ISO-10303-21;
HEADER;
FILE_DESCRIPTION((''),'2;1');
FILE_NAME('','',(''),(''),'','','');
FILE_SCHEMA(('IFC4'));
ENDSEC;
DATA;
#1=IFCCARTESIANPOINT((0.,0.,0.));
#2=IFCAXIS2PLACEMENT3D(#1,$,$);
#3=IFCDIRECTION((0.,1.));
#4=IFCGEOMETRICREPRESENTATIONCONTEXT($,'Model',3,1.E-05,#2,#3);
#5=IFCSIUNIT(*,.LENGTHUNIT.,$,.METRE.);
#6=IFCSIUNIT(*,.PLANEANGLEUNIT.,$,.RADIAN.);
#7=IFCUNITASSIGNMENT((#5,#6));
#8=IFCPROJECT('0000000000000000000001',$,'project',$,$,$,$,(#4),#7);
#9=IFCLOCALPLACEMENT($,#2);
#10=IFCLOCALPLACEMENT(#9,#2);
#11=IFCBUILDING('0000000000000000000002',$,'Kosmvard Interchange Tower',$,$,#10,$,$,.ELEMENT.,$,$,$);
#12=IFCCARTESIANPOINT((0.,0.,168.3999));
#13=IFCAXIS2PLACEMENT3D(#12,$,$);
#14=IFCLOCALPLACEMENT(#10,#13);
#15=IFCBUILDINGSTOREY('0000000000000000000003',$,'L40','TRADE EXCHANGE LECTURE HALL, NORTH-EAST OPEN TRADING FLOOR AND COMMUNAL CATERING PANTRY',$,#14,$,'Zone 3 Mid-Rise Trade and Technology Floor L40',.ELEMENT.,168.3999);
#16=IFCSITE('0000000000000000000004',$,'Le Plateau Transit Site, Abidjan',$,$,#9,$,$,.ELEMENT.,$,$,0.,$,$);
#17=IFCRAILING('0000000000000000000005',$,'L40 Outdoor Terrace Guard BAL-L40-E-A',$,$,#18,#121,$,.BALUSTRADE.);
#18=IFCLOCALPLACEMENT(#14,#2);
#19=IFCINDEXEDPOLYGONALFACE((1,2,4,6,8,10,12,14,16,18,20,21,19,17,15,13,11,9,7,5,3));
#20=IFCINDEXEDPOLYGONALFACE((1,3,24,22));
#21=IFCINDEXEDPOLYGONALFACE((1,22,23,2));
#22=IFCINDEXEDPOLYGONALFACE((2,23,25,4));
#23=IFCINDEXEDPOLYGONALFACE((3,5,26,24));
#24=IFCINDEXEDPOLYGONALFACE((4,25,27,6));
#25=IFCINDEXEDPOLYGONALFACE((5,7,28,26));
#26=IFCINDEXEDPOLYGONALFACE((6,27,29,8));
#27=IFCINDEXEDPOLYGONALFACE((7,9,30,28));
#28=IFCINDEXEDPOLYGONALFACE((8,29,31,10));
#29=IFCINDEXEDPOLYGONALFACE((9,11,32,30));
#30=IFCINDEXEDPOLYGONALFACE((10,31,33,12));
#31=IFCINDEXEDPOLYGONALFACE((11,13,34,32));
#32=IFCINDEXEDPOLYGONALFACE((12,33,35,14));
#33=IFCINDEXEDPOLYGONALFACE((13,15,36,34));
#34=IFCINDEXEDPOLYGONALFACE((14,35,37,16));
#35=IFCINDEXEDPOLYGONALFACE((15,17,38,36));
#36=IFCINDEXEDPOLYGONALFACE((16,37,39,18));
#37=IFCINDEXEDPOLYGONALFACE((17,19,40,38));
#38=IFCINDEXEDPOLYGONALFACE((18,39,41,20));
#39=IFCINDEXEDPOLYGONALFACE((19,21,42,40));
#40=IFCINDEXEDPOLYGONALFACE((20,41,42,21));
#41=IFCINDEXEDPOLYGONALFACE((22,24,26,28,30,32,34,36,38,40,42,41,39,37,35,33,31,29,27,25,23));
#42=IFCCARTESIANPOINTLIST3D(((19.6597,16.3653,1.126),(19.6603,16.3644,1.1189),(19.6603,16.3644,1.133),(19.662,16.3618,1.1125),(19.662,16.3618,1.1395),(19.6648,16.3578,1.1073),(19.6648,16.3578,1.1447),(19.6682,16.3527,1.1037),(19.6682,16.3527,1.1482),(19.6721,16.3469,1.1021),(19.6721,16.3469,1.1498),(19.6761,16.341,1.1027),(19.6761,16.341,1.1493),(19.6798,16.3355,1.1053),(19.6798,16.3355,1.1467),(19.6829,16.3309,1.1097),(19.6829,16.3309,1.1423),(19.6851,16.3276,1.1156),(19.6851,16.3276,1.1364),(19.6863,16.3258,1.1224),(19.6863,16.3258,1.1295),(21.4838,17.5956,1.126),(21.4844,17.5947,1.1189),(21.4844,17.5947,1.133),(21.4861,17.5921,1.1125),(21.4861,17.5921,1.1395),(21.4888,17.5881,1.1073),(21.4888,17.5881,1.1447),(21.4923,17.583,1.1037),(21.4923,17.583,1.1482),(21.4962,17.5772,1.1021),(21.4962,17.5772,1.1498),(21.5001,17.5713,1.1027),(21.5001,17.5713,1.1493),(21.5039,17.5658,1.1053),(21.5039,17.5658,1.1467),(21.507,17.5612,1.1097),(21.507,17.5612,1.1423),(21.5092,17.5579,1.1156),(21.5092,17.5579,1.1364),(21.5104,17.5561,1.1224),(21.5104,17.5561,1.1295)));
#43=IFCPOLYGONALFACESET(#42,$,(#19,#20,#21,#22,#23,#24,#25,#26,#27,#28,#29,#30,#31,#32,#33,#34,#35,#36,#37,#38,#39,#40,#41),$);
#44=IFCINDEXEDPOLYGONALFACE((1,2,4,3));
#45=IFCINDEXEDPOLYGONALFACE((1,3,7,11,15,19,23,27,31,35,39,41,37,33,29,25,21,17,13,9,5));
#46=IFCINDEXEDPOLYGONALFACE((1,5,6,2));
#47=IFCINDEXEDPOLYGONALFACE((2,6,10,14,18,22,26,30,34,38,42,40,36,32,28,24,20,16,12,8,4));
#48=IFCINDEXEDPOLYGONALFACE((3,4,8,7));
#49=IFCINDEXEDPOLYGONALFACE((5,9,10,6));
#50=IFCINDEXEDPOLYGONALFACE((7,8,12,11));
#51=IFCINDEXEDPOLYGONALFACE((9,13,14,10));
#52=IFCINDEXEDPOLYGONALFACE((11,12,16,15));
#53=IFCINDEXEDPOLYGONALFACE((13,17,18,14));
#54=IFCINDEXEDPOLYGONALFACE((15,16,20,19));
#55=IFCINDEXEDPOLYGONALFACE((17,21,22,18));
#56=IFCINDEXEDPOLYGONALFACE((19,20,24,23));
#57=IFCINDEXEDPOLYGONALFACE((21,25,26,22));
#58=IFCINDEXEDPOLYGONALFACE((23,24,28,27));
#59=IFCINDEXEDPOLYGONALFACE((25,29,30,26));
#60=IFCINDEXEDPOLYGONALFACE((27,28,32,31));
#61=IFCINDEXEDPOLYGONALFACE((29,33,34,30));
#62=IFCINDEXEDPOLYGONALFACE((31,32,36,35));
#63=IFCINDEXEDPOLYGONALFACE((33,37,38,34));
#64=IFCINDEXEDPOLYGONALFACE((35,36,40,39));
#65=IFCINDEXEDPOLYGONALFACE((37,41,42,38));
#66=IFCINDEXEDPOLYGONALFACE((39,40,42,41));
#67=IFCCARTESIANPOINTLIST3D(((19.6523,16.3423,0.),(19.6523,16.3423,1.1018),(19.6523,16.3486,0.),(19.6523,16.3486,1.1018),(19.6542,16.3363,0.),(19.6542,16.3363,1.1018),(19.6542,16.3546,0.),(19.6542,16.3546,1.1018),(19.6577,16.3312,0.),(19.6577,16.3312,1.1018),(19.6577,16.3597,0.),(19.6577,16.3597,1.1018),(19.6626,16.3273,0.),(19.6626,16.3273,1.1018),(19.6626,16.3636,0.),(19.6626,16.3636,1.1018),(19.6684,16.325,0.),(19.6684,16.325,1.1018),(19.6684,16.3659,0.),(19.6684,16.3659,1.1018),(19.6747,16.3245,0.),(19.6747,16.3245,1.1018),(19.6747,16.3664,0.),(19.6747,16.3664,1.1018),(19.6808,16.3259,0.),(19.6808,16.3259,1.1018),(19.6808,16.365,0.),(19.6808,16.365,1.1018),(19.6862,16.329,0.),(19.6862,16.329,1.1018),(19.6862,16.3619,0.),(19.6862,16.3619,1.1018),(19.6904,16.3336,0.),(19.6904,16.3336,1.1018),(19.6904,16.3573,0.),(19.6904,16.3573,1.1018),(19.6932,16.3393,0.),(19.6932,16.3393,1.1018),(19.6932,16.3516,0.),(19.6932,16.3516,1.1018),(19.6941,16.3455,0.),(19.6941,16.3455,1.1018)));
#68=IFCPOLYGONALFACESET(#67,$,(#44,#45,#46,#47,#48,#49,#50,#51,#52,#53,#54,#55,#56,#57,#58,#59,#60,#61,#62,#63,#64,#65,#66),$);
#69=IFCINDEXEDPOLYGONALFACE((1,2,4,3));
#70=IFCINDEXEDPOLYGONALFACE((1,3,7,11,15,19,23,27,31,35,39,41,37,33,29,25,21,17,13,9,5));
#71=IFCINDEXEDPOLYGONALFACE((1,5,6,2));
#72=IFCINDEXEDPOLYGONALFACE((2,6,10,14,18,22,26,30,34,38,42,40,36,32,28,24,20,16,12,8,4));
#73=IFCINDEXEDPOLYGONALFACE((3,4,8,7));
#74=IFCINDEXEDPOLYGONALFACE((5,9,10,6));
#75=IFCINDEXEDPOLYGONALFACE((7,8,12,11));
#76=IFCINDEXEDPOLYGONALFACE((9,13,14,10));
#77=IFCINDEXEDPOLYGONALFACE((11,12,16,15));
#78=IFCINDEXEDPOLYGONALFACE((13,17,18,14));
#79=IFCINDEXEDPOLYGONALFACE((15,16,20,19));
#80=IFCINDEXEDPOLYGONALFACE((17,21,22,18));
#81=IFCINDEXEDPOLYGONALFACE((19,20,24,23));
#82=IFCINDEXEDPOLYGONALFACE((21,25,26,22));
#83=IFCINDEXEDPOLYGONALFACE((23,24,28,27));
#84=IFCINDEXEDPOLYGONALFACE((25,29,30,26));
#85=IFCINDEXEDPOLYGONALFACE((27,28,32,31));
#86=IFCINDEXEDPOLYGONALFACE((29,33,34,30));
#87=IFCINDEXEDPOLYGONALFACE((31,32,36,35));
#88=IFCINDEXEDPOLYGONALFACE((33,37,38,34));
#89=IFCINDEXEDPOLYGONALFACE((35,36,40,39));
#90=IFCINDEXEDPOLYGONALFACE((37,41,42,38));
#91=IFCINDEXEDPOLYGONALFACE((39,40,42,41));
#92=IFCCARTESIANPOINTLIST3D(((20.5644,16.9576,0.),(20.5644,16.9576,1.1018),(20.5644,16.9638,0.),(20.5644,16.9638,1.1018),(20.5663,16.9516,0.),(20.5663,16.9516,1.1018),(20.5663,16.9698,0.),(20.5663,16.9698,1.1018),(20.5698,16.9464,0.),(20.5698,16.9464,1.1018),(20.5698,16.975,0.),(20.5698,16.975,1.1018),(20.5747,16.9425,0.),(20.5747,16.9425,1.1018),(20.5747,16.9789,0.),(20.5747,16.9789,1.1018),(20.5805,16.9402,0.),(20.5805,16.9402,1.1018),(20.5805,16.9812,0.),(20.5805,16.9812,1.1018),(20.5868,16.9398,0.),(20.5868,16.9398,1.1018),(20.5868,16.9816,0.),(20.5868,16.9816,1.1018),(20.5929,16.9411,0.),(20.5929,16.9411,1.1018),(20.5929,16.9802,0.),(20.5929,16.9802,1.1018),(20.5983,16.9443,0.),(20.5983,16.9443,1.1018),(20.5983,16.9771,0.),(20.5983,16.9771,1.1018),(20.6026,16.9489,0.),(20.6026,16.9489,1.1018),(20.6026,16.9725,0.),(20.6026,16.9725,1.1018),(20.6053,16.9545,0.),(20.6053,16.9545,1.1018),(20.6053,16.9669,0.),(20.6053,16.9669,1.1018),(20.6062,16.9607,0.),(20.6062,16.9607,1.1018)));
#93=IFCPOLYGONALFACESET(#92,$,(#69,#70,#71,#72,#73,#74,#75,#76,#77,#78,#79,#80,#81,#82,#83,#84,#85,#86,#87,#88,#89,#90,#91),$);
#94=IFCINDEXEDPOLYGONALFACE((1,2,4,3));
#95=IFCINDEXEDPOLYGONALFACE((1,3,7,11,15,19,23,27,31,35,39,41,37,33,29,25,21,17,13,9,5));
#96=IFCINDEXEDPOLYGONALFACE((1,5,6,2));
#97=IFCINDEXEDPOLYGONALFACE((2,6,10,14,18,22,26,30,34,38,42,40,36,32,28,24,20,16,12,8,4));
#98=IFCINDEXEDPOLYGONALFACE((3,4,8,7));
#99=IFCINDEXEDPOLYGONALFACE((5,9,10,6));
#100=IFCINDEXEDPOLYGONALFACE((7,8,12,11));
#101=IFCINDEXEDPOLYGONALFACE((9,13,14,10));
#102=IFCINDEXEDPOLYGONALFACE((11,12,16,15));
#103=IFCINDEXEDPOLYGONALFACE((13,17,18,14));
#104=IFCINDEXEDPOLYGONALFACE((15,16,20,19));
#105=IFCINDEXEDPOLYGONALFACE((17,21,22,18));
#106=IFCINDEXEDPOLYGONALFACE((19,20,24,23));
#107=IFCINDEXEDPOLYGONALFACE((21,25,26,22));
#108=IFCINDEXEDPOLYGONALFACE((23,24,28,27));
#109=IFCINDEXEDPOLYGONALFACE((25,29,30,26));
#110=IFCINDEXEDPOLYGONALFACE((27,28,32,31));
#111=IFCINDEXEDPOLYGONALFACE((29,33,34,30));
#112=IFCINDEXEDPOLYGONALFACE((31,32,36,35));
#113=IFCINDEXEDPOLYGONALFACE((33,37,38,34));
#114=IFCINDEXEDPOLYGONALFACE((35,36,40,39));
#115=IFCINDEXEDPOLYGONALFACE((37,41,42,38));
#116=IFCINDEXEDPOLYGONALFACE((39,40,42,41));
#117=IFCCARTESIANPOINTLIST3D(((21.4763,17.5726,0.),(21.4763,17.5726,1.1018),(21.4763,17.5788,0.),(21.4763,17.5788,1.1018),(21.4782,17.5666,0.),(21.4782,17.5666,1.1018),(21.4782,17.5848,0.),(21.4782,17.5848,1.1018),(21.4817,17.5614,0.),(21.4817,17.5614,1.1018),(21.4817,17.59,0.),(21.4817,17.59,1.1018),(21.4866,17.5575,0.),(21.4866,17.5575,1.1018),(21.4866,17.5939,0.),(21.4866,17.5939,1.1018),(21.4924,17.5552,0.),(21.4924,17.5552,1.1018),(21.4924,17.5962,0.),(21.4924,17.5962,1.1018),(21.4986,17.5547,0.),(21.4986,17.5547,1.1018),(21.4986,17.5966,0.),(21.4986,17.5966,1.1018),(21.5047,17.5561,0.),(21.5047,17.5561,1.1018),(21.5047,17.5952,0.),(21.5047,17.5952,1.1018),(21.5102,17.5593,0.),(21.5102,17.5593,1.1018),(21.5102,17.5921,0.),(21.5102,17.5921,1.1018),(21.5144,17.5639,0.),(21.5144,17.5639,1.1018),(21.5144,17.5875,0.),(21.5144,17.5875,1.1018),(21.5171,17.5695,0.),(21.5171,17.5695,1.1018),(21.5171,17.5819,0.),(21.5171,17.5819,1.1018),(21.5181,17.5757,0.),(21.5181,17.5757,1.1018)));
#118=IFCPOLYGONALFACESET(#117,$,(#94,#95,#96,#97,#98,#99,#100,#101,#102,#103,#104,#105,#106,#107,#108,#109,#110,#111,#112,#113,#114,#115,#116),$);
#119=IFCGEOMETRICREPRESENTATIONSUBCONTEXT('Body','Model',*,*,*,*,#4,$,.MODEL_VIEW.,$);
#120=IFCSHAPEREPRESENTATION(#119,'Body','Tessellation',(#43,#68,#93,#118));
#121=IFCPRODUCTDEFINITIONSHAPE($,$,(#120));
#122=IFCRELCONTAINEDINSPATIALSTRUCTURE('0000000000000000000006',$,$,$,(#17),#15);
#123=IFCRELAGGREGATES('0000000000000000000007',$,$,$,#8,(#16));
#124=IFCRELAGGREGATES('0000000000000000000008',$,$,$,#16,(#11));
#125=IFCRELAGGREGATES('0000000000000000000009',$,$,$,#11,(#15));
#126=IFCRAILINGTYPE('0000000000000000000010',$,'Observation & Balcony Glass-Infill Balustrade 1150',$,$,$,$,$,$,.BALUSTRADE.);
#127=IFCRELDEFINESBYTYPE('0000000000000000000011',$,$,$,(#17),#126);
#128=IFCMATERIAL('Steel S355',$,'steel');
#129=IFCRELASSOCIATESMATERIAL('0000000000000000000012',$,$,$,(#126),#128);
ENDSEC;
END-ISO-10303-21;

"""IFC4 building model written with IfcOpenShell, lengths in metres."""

from ifc_helpers import new_model, si_unit, direction, frame, origin, origin_2d, place, context, subcontext, project, spatial, circle, extrude, source, transform, mapped, material, type_object, element, save


model = new_model("IFC4")

# Units and contexts
model_context = context("Model", 3, precision=1e-05, world=origin(), true_north=direction((0.0, 1.0)))
body_context = subcontext(model_context, "Body", "Model", "MODEL_VIEW")
ifc_project = project(units=[si_unit("LENGTHUNIT", "METRE"), si_unit("PLANEANGLEUNIT", "RADIAN")], contexts=[model_context])

# Site, building, storey
site_placement = place(None, origin())
site = spatial("IfcSite", under=ifc_project, at=site_placement, Name="Le Plateau Transit Site, Abidjan", CompositionType="ELEMENT", RefElevation=0.0)
building_placement = place(site_placement, origin())
building = spatial("IfcBuilding", under=site, at=building_placement, Name="Kosmvard Interchange Tower", CompositionType="ELEMENT")
storey_placement = place(building_placement, frame((0.0, 0.0, 168.3999)))
storey = spatial("IfcBuildingStorey", under=building, at=storey_placement, Name="L40", Description="TRADE EXCHANGE LECTURE HALL, NORTH-EAST OPEN TRADING FLOOR AND COMMUNAL CATERING PANTRY", LongName="Zone 3 Mid-Rise Trade and Technology Floor L40", CompositionType="ELEMENT", Elevation=168.3999)

# Shared definitions
ifc_material_1 = material(Name="Steel S355", Category="steel")

# Railing
railing_type = type_object("IfcRailingType", Name="Observation & Balcony Glass-Infill Balustrade 1150", PredefinedType="BALUSTRADE", material=ifc_material_1)
shared_shape_1 = source(origin(), body_context, "Body", "SweptSolid", [
    extrude(circle(Radius=0.0239, at=origin_2d()), frame((0.0, 0.0, 1.126), z_axis=(0.829051, 0.559174, 0.0), x_axis=(-0.559174, 0.829051, 0.0)), (0.0, 0.0, 1.0), 2.2002),
    extrude(circle(Radius=0.021, at=origin_2d()), origin(), (0.0, 0.0, 1.0), 1.1018),
    extrude(circle(Radius=0.021, at=origin_2d()), frame((0.9121, 0.6152, 0.0)), (0.0, 0.0, 1.0), 1.1018),
    extrude(circle(Radius=0.021, at=origin_2d()), frame((1.824, 1.2302, 0.0)), (0.0, 0.0, 1.0), 1.1018),
])
railing_1_placement = place(storey_placement, frame((19.6731, 16.3455, 0.0)))
element("IfcRailing", 1, at=railing_1_placement, inside=storey, type_object=railing_type, Name="L40 Outdoor Terrace Guard BAL-L40-E-A", PredefinedType="BALUSTRADE", context=body_context, shape_type="MappedRepresentation", body=[
    mapped(shared_shape_1, transform((0.0, 0.0, 0.0), scale=1.0)),
])

save(model, "model.ifc")
